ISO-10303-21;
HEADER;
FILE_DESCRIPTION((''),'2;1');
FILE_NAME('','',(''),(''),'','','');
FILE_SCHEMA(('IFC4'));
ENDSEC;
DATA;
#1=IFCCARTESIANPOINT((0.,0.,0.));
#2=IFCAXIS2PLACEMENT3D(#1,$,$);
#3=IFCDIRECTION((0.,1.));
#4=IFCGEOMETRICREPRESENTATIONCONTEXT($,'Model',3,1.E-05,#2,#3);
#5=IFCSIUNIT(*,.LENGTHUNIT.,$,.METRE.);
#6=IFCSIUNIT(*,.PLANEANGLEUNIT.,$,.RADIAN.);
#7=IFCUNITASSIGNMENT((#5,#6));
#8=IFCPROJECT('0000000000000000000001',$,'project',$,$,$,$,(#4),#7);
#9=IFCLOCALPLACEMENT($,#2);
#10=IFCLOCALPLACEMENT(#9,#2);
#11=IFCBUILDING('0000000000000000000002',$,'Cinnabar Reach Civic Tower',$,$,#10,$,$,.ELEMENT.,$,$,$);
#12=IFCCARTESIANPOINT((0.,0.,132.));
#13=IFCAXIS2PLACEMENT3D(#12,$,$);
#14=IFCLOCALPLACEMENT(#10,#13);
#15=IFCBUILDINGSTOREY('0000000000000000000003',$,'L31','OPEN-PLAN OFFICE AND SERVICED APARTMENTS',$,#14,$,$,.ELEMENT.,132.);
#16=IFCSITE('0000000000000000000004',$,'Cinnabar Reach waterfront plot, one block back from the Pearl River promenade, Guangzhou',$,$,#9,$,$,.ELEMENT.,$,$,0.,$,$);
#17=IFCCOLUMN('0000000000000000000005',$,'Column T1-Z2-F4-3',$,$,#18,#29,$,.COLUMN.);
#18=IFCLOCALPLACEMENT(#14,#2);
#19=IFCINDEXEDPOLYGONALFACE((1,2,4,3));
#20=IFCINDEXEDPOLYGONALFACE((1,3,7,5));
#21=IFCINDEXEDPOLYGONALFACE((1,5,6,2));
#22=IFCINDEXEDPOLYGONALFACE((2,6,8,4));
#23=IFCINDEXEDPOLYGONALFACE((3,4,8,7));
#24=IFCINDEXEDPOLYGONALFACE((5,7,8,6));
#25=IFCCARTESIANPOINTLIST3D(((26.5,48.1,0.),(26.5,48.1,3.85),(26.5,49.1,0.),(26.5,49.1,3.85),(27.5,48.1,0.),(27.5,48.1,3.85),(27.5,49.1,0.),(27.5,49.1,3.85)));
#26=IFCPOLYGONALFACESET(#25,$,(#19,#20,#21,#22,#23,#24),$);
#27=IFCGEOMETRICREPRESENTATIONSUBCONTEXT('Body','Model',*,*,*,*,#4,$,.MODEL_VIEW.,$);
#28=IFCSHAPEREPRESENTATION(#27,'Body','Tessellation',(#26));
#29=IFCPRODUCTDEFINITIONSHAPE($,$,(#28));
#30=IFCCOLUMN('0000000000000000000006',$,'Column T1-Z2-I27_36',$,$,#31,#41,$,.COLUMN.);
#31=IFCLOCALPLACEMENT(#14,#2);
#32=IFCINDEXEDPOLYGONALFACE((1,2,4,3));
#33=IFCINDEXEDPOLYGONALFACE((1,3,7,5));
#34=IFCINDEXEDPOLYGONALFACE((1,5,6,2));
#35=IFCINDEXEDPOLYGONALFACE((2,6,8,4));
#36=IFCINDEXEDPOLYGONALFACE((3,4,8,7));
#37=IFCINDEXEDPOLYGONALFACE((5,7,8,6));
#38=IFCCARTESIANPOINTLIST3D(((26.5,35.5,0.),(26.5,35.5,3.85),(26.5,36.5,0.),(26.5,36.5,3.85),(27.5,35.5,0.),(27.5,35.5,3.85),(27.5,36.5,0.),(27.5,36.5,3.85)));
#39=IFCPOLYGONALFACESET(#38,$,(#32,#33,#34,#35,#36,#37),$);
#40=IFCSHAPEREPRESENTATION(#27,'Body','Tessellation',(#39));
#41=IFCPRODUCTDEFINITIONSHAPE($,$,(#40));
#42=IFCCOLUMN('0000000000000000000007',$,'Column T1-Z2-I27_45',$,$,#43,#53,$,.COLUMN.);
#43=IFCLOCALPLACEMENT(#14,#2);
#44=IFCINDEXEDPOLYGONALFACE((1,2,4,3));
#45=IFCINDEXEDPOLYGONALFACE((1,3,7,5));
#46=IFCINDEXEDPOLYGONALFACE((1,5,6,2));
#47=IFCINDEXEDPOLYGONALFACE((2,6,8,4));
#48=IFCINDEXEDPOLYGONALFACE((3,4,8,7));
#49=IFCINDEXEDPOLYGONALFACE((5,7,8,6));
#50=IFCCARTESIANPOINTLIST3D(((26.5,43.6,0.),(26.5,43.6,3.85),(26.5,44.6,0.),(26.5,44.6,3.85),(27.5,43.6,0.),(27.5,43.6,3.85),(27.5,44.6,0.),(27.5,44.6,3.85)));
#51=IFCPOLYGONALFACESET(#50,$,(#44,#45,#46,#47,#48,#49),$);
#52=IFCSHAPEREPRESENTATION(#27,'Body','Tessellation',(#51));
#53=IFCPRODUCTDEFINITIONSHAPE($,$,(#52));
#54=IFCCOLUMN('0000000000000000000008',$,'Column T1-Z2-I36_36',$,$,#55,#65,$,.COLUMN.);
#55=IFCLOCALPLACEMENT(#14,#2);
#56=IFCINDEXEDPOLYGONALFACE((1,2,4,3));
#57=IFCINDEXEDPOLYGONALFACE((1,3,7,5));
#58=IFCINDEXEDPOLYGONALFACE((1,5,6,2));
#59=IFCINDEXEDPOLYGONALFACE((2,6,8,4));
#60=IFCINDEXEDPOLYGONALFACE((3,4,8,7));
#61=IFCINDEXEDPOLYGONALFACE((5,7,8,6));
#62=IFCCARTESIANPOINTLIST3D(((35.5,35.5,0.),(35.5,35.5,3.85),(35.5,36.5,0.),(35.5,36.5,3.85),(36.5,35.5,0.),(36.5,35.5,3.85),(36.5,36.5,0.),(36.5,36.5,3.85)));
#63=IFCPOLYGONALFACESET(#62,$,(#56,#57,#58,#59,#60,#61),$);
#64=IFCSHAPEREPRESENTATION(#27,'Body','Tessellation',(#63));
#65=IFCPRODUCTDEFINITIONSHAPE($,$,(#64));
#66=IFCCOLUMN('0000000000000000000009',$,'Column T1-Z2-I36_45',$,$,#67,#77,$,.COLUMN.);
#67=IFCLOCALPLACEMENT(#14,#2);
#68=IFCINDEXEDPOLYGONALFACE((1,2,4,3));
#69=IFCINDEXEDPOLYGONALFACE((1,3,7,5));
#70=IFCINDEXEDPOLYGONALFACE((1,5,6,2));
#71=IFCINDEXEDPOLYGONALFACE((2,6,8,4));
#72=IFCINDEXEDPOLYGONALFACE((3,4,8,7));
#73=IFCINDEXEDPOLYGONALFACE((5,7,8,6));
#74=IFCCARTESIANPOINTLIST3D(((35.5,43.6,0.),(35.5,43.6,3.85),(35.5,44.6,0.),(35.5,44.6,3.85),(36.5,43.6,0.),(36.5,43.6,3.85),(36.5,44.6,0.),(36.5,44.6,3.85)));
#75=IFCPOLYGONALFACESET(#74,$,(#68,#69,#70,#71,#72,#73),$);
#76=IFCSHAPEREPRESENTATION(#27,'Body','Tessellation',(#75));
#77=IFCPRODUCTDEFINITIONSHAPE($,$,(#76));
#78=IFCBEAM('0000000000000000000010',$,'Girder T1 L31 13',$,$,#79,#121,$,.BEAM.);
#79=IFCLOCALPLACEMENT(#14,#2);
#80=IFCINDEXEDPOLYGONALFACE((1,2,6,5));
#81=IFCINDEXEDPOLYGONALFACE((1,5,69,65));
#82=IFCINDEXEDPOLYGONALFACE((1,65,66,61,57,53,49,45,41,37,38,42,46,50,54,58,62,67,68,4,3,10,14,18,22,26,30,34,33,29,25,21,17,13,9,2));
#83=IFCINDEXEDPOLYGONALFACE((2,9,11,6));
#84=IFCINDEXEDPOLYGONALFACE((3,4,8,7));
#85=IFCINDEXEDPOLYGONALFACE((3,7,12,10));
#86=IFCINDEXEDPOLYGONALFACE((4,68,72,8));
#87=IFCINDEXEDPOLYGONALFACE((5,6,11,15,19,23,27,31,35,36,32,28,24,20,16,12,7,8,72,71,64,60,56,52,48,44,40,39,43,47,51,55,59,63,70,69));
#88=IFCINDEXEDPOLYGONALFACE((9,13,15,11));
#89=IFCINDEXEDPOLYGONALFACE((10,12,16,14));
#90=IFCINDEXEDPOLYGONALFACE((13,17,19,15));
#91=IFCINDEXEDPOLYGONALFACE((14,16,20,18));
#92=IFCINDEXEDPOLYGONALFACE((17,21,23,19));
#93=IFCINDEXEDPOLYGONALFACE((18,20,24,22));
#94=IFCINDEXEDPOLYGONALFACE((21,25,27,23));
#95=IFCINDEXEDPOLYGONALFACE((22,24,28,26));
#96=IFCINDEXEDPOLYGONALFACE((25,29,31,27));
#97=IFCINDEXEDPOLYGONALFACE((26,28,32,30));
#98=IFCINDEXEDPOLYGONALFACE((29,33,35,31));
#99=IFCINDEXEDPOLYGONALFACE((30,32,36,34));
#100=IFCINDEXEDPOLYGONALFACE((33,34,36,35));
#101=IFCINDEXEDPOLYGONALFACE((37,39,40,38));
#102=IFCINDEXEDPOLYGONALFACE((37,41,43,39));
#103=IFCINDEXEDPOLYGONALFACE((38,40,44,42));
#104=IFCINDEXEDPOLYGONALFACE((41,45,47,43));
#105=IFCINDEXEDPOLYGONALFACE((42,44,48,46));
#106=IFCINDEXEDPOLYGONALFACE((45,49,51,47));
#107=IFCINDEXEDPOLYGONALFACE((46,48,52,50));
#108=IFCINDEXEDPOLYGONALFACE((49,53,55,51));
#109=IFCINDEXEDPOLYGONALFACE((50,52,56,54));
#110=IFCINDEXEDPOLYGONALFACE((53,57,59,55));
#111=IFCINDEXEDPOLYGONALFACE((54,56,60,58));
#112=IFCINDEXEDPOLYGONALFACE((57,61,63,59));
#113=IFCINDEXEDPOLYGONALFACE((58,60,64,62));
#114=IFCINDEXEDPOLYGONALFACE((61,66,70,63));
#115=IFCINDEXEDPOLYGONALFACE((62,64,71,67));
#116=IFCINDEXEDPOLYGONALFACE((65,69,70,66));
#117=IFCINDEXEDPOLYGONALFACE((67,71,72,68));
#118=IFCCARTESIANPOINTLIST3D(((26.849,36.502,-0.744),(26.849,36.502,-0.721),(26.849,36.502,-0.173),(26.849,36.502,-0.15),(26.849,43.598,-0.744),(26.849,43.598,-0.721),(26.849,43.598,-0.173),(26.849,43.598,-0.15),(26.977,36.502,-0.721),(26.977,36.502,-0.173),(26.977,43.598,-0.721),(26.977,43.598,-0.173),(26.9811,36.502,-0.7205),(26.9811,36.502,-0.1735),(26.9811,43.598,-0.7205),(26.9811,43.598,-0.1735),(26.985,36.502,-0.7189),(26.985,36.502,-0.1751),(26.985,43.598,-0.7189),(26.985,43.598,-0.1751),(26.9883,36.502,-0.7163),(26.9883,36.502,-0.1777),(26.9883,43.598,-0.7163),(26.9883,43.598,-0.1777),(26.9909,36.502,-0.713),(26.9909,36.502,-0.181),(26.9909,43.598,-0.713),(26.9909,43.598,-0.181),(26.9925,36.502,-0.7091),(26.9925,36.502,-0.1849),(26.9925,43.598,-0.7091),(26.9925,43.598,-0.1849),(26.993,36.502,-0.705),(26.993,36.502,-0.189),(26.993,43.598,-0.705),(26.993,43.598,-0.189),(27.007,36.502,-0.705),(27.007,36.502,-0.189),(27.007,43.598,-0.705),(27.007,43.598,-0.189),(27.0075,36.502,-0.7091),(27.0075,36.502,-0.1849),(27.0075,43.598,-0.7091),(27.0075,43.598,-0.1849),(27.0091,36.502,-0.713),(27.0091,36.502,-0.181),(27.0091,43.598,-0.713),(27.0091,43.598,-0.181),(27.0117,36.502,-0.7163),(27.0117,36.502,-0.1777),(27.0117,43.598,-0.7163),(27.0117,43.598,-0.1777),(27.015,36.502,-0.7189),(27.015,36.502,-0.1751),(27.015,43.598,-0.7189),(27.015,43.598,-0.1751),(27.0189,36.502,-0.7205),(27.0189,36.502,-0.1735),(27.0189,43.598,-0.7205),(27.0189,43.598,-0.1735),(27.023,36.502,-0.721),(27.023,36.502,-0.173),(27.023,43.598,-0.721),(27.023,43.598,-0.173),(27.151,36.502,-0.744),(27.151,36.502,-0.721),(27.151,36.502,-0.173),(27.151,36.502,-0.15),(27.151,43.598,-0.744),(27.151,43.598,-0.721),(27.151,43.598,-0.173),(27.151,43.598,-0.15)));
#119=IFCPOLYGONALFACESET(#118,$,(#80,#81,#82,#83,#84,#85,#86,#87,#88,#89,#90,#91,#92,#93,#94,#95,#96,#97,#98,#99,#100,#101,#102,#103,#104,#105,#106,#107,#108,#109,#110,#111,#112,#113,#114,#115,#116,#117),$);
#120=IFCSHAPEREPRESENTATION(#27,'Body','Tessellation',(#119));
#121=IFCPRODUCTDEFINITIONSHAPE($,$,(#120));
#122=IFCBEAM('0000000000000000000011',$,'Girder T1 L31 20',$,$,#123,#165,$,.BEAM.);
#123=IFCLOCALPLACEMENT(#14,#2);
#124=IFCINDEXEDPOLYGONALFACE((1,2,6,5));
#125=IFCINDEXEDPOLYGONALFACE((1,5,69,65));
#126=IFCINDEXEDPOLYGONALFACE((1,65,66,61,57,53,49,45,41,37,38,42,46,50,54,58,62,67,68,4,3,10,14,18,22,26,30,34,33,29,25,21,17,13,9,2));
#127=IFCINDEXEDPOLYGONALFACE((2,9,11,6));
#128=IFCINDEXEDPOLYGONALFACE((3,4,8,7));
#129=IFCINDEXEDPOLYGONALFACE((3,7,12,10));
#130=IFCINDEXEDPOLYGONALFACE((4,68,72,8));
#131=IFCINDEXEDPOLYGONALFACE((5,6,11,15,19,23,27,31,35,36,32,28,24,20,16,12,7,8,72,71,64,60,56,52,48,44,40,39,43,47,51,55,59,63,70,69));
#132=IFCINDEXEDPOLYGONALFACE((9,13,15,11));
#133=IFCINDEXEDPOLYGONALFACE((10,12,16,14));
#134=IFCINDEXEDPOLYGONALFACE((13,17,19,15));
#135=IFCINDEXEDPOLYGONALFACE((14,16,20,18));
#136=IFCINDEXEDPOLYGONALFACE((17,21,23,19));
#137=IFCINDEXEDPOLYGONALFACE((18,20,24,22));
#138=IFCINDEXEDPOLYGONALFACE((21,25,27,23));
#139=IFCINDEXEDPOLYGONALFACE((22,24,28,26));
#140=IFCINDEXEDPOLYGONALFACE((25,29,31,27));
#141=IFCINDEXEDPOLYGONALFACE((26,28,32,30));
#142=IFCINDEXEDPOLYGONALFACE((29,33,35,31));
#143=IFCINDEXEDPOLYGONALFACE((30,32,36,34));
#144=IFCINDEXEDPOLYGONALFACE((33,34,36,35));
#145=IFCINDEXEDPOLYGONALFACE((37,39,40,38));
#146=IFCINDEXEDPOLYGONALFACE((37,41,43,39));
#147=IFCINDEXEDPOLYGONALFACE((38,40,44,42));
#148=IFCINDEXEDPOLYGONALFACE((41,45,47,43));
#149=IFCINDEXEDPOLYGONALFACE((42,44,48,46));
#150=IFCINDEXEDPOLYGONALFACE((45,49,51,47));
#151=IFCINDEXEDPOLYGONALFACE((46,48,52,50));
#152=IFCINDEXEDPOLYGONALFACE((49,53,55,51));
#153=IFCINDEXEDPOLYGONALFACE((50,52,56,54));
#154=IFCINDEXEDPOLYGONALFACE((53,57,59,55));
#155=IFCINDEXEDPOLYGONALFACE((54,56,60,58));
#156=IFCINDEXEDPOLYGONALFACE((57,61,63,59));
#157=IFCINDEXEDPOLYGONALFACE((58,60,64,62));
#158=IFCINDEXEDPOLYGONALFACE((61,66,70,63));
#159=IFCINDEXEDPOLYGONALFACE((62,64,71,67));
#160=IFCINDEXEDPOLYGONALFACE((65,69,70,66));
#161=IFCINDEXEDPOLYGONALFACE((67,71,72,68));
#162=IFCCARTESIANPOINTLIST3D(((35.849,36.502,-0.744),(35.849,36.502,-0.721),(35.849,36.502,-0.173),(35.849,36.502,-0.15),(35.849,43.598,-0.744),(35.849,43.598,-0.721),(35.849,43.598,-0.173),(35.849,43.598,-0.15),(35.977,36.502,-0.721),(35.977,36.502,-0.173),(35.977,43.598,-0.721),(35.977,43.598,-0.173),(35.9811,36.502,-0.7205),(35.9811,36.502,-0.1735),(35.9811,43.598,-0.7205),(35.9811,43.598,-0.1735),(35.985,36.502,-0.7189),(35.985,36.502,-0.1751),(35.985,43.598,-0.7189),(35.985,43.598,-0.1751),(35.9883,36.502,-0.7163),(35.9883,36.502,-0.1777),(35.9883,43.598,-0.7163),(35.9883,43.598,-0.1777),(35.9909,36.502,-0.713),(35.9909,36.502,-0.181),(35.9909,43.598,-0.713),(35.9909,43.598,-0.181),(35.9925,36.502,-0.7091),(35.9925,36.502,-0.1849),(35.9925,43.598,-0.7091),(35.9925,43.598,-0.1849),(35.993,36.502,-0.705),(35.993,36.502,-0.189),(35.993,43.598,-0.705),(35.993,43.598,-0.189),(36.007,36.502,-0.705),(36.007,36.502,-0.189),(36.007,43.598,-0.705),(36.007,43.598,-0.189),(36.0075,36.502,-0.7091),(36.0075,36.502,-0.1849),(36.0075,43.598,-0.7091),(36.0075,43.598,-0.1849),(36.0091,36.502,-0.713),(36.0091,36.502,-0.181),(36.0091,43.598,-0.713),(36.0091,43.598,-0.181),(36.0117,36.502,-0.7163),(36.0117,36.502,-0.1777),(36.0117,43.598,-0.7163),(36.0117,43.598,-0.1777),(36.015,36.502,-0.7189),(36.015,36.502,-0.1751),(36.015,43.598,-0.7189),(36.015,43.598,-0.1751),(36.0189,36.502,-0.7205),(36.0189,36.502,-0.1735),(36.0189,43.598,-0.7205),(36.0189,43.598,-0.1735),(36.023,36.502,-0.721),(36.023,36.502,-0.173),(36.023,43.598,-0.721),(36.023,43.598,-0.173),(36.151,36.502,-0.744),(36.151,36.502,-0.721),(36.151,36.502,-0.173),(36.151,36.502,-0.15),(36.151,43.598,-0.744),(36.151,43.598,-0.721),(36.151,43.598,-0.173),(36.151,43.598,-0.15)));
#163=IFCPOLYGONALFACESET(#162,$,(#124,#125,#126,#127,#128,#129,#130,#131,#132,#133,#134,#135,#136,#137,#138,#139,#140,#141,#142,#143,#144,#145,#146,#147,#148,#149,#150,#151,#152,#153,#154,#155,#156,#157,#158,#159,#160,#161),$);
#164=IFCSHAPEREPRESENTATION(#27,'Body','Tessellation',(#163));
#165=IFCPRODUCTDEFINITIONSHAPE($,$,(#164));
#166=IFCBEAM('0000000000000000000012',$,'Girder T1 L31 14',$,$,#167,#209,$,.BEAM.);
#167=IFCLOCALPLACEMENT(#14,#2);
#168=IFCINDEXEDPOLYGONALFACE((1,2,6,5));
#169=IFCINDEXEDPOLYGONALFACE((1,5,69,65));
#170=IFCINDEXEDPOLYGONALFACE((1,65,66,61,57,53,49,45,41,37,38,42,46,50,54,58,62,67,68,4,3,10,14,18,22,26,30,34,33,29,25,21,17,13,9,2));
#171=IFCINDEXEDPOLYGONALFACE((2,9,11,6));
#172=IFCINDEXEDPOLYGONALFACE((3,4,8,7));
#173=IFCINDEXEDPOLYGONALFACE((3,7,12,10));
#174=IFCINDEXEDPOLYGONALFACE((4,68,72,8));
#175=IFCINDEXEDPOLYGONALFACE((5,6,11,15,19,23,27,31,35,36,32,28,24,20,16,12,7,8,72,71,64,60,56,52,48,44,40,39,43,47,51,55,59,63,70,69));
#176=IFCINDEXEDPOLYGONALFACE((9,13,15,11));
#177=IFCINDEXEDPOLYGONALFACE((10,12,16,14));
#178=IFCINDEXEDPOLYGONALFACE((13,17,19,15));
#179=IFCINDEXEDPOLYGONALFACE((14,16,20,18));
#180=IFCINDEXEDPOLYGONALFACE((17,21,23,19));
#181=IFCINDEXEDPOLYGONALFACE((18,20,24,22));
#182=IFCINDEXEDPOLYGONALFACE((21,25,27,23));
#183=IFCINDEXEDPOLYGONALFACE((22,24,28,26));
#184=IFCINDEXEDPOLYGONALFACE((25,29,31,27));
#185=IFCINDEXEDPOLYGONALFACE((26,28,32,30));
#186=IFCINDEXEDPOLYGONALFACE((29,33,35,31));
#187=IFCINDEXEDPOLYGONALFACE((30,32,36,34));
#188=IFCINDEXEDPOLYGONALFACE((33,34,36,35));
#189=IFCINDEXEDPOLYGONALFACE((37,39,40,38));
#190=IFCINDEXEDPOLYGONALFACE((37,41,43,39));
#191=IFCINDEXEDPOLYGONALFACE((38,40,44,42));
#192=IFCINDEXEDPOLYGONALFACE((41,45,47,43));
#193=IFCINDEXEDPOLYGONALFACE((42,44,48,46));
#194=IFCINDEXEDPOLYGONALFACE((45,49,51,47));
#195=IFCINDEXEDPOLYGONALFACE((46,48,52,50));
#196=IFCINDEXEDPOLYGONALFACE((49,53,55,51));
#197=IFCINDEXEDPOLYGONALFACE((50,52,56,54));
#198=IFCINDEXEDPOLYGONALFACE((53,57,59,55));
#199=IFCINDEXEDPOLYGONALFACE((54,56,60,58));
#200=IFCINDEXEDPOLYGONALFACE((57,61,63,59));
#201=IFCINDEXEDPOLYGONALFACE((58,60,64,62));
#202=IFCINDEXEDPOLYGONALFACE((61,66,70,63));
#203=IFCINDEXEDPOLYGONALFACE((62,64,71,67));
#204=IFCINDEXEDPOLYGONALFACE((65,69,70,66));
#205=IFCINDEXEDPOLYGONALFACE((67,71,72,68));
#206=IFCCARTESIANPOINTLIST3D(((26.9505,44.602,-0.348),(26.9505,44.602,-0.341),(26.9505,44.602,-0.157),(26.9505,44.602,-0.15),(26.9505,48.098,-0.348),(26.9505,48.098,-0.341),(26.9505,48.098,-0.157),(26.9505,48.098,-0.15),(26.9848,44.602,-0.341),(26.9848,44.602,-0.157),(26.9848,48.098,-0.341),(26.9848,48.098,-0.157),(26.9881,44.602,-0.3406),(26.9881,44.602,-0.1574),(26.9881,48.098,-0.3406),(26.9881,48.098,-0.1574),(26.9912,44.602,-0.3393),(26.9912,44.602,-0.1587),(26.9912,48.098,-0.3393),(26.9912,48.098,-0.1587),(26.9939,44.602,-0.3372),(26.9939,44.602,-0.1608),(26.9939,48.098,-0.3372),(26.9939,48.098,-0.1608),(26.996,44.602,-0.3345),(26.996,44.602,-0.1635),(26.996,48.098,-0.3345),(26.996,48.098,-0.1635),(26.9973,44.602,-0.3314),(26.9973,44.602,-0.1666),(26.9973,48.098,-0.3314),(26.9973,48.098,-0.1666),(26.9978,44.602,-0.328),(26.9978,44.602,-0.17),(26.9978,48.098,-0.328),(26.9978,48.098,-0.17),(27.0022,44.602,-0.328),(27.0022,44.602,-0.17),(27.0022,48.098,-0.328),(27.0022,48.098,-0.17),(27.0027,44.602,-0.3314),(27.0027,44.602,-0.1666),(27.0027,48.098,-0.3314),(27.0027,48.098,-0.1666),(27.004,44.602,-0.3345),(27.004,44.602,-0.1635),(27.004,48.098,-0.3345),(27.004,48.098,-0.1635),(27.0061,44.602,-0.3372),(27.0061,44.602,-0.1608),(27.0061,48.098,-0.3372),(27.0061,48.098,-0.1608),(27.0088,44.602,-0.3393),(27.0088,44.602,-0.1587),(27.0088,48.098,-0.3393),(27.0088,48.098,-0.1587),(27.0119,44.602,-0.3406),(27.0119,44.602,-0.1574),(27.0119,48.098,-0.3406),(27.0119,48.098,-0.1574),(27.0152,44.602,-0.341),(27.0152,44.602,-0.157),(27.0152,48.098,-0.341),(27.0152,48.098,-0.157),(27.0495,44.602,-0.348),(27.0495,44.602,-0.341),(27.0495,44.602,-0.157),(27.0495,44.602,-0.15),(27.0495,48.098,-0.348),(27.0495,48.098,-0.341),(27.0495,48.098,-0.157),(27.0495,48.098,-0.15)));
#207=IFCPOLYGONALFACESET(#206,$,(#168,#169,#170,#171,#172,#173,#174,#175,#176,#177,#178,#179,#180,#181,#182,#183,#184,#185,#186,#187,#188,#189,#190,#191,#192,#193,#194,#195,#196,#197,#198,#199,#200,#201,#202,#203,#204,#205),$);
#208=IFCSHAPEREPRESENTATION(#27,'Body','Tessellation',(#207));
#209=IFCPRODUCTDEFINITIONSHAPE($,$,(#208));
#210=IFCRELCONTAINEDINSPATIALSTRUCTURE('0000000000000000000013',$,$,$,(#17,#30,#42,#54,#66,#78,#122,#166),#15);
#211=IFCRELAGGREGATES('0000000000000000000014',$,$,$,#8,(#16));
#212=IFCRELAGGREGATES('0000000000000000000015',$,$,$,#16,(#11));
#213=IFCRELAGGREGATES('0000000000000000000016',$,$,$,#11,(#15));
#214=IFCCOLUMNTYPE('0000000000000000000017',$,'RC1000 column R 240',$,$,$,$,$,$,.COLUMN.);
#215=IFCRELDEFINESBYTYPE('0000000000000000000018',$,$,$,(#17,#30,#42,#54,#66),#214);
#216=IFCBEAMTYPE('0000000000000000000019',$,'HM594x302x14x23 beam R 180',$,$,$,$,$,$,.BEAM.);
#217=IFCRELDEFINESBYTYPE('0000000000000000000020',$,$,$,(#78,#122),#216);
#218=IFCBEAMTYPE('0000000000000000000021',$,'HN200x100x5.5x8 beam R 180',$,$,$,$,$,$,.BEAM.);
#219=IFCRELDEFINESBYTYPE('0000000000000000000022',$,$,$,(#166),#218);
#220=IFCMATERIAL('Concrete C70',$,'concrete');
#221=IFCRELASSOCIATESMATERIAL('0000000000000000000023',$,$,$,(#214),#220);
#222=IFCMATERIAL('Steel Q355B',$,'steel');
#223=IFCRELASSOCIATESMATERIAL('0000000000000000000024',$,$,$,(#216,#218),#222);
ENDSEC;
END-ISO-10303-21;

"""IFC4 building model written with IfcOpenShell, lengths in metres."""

from ifc_helpers import new_model, si_unit, direction, frame, origin, origin_2d, place, context, subcontext, project, spatial, rectangle, i_section, extrude, material, material_profile, profile_set, type_object, element, save


model = new_model("IFC4")

# Units and contexts
model_context = context("Model", 3, precision=1e-05, world=origin(), true_north=direction((0.0, 1.0)))
body_context = subcontext(model_context, "Body", "Model", "MODEL_VIEW")
ifc_project = project(units=[si_unit("LENGTHUNIT", "METRE"), si_unit("PLANEANGLEUNIT", "RADIAN")], contexts=[model_context])

# Site, building, storey
site_placement = place(None, origin())
site = spatial("IfcSite", under=ifc_project, at=site_placement, Name="Cinnabar Reach waterfront plot, one block back from the Pearl River promenade, Guangzhou", CompositionType="ELEMENT", RefElevation=0.0)
building_placement = place(site_placement, origin())
building = spatial("IfcBuilding", under=site, at=building_placement, Name="Cinnabar Reach Civic Tower", CompositionType="ELEMENT")
storey_placement = place(building_placement, frame((0.0, 0.0, 132.0)))
storey = spatial("IfcBuildingStorey", under=building, at=storey_placement, Name="L31", Description="OPEN-PLAN OFFICE AND SERVICED APARTMENTS", CompositionType="ELEMENT", Elevation=132.0)

# Columns
ifc_material_1 = material(Name="Concrete C70", Category="concrete")
ifc_material_profile_1 = material_profile(ifc_material_1, rectangle(XDim=1.0, YDim=1.0, at=origin_2d()), Name="RC1000")
ifc_profile_set_1 = profile_set([ifc_material_profile_1], Name="Concrete C70")
column_type = type_object("IfcColumnType", Name="RC1000 column R 240", PredefinedType="COLUMN", material=ifc_profile_set_1)
for number, where, z_axis, x_axis, name in (
    (1, (27.0, 48.6, 0.0), (0.0, 0.0, 1.0), (1.0, 0.0, 0.0), "Column T1-Z2-F4-3"),
    (2, (27.0, 36.0, 0.0), (0.0, 0.0, 1.0), (1.0, 0.0, 0.0), "Column T1-Z2-I27_36"),
    (3, (27.0, 44.1, 0.0), (0.0, 0.0, 1.0), (1.0, 0.0, 0.0), "Column T1-Z2-I27_45"),
    (4, (36.0, 36.0, 0.0), (0.0, 0.0, 1.0), (1.0, 0.0, 0.0), "Column T1-Z2-I36_36"),
    (5, (36.0, 44.1, 0.0), (0.0, 0.0, 1.0), (1.0, 0.0, 0.0), "Column T1-Z2-I36_45"),
):
    element("IfcColumn", number, at=place(storey_placement, frame(where, z_axis=z_axis, x_axis=x_axis)), inside=storey, type_object=column_type, Name=name, PredefinedType="COLUMN", context=body_context, shape_type="SweptSolid", body=[
        extrude(rectangle(XDim=1.0, YDim=1.0, at=origin_2d()), origin(), (0.0, 0.0, 1.0), 3.85),
    ])

# Beams
ifc_material_2 = material(Name="Steel Q355B", Category="steel")
ifc_material_profile_2 = material_profile(ifc_material_2, i_section(OverallWidth=0.302, OverallDepth=0.594, WebThickness=0.014, FlangeThickness=0.023, FilletRadius=0.016, at=origin_2d()), Name="HM594x302x14x23")
ifc_profile_set_2 = profile_set([ifc_material_profile_2], Name="Steel Q355B")
beam_type_1 = type_object("IfcBeamType", Name="HM594x302x14x23 beam R 180", PredefinedType="BEAM", material=ifc_profile_set_2)
for number, where, z_axis, x_axis, name in (
    (6, (27.0, 36.502, -0.447), (0.0, 1.0, 0.0), (-1.0, 0.0, 0.0), "Girder T1 L31 13"),
    (7, (36.0, 36.502, -0.447), (0.0, 1.0, 0.0), (-1.0, 0.0, 0.0), "Girder T1 L31 20"),
):
    element("IfcBeam", number, at=place(storey_placement, frame(where, z_axis=z_axis, x_axis=x_axis)), inside=storey, type_object=beam_type_1, Name=name, PredefinedType="BEAM", context=body_context, shape_type="SweptSolid", body=[
        extrude(i_section(OverallWidth=0.302, OverallDepth=0.594, WebThickness=0.014, FlangeThickness=0.023, FilletRadius=0.016, at=origin_2d()), origin(), (0.0, 0.0, 1.0), 7.096),
    ])
ifc_material_profile_3 = material_profile(ifc_material_2, i_section(OverallWidth=0.099, OverallDepth=0.198, WebThickness=0.0045, FlangeThickness=0.007, FilletRadius=0.013, at=origin_2d()), Name="HN200x100x5.5x8")
ifc_profile_set_3 = profile_set([ifc_material_profile_3], Name="Steel Q355B")
beam_type_2 = type_object("IfcBeamType", Name="HN200x100x5.5x8 beam R 180", PredefinedType="BEAM", material=ifc_profile_set_3)
beam_1_placement = place(storey_placement, frame((27.0, 44.602, -0.249), z_axis=(0.0, 1.0, 0.0), x_axis=(-1.0, 0.0, 0.0)))
element("IfcBeam", 8, at=beam_1_placement, inside=storey, type_object=beam_type_2, Name="Girder T1 L31 14", PredefinedType="BEAM", context=body_context, shape_type="SweptSolid", body=[
    extrude(i_section(OverallWidth=0.099, OverallDepth=0.198, WebThickness=0.0045, FlangeThickness=0.007, FilletRadius=0.013, at=origin_2d()), origin(), (0.0, 0.0, 1.0), 3.496),
])

save(model, "model.ifc")
